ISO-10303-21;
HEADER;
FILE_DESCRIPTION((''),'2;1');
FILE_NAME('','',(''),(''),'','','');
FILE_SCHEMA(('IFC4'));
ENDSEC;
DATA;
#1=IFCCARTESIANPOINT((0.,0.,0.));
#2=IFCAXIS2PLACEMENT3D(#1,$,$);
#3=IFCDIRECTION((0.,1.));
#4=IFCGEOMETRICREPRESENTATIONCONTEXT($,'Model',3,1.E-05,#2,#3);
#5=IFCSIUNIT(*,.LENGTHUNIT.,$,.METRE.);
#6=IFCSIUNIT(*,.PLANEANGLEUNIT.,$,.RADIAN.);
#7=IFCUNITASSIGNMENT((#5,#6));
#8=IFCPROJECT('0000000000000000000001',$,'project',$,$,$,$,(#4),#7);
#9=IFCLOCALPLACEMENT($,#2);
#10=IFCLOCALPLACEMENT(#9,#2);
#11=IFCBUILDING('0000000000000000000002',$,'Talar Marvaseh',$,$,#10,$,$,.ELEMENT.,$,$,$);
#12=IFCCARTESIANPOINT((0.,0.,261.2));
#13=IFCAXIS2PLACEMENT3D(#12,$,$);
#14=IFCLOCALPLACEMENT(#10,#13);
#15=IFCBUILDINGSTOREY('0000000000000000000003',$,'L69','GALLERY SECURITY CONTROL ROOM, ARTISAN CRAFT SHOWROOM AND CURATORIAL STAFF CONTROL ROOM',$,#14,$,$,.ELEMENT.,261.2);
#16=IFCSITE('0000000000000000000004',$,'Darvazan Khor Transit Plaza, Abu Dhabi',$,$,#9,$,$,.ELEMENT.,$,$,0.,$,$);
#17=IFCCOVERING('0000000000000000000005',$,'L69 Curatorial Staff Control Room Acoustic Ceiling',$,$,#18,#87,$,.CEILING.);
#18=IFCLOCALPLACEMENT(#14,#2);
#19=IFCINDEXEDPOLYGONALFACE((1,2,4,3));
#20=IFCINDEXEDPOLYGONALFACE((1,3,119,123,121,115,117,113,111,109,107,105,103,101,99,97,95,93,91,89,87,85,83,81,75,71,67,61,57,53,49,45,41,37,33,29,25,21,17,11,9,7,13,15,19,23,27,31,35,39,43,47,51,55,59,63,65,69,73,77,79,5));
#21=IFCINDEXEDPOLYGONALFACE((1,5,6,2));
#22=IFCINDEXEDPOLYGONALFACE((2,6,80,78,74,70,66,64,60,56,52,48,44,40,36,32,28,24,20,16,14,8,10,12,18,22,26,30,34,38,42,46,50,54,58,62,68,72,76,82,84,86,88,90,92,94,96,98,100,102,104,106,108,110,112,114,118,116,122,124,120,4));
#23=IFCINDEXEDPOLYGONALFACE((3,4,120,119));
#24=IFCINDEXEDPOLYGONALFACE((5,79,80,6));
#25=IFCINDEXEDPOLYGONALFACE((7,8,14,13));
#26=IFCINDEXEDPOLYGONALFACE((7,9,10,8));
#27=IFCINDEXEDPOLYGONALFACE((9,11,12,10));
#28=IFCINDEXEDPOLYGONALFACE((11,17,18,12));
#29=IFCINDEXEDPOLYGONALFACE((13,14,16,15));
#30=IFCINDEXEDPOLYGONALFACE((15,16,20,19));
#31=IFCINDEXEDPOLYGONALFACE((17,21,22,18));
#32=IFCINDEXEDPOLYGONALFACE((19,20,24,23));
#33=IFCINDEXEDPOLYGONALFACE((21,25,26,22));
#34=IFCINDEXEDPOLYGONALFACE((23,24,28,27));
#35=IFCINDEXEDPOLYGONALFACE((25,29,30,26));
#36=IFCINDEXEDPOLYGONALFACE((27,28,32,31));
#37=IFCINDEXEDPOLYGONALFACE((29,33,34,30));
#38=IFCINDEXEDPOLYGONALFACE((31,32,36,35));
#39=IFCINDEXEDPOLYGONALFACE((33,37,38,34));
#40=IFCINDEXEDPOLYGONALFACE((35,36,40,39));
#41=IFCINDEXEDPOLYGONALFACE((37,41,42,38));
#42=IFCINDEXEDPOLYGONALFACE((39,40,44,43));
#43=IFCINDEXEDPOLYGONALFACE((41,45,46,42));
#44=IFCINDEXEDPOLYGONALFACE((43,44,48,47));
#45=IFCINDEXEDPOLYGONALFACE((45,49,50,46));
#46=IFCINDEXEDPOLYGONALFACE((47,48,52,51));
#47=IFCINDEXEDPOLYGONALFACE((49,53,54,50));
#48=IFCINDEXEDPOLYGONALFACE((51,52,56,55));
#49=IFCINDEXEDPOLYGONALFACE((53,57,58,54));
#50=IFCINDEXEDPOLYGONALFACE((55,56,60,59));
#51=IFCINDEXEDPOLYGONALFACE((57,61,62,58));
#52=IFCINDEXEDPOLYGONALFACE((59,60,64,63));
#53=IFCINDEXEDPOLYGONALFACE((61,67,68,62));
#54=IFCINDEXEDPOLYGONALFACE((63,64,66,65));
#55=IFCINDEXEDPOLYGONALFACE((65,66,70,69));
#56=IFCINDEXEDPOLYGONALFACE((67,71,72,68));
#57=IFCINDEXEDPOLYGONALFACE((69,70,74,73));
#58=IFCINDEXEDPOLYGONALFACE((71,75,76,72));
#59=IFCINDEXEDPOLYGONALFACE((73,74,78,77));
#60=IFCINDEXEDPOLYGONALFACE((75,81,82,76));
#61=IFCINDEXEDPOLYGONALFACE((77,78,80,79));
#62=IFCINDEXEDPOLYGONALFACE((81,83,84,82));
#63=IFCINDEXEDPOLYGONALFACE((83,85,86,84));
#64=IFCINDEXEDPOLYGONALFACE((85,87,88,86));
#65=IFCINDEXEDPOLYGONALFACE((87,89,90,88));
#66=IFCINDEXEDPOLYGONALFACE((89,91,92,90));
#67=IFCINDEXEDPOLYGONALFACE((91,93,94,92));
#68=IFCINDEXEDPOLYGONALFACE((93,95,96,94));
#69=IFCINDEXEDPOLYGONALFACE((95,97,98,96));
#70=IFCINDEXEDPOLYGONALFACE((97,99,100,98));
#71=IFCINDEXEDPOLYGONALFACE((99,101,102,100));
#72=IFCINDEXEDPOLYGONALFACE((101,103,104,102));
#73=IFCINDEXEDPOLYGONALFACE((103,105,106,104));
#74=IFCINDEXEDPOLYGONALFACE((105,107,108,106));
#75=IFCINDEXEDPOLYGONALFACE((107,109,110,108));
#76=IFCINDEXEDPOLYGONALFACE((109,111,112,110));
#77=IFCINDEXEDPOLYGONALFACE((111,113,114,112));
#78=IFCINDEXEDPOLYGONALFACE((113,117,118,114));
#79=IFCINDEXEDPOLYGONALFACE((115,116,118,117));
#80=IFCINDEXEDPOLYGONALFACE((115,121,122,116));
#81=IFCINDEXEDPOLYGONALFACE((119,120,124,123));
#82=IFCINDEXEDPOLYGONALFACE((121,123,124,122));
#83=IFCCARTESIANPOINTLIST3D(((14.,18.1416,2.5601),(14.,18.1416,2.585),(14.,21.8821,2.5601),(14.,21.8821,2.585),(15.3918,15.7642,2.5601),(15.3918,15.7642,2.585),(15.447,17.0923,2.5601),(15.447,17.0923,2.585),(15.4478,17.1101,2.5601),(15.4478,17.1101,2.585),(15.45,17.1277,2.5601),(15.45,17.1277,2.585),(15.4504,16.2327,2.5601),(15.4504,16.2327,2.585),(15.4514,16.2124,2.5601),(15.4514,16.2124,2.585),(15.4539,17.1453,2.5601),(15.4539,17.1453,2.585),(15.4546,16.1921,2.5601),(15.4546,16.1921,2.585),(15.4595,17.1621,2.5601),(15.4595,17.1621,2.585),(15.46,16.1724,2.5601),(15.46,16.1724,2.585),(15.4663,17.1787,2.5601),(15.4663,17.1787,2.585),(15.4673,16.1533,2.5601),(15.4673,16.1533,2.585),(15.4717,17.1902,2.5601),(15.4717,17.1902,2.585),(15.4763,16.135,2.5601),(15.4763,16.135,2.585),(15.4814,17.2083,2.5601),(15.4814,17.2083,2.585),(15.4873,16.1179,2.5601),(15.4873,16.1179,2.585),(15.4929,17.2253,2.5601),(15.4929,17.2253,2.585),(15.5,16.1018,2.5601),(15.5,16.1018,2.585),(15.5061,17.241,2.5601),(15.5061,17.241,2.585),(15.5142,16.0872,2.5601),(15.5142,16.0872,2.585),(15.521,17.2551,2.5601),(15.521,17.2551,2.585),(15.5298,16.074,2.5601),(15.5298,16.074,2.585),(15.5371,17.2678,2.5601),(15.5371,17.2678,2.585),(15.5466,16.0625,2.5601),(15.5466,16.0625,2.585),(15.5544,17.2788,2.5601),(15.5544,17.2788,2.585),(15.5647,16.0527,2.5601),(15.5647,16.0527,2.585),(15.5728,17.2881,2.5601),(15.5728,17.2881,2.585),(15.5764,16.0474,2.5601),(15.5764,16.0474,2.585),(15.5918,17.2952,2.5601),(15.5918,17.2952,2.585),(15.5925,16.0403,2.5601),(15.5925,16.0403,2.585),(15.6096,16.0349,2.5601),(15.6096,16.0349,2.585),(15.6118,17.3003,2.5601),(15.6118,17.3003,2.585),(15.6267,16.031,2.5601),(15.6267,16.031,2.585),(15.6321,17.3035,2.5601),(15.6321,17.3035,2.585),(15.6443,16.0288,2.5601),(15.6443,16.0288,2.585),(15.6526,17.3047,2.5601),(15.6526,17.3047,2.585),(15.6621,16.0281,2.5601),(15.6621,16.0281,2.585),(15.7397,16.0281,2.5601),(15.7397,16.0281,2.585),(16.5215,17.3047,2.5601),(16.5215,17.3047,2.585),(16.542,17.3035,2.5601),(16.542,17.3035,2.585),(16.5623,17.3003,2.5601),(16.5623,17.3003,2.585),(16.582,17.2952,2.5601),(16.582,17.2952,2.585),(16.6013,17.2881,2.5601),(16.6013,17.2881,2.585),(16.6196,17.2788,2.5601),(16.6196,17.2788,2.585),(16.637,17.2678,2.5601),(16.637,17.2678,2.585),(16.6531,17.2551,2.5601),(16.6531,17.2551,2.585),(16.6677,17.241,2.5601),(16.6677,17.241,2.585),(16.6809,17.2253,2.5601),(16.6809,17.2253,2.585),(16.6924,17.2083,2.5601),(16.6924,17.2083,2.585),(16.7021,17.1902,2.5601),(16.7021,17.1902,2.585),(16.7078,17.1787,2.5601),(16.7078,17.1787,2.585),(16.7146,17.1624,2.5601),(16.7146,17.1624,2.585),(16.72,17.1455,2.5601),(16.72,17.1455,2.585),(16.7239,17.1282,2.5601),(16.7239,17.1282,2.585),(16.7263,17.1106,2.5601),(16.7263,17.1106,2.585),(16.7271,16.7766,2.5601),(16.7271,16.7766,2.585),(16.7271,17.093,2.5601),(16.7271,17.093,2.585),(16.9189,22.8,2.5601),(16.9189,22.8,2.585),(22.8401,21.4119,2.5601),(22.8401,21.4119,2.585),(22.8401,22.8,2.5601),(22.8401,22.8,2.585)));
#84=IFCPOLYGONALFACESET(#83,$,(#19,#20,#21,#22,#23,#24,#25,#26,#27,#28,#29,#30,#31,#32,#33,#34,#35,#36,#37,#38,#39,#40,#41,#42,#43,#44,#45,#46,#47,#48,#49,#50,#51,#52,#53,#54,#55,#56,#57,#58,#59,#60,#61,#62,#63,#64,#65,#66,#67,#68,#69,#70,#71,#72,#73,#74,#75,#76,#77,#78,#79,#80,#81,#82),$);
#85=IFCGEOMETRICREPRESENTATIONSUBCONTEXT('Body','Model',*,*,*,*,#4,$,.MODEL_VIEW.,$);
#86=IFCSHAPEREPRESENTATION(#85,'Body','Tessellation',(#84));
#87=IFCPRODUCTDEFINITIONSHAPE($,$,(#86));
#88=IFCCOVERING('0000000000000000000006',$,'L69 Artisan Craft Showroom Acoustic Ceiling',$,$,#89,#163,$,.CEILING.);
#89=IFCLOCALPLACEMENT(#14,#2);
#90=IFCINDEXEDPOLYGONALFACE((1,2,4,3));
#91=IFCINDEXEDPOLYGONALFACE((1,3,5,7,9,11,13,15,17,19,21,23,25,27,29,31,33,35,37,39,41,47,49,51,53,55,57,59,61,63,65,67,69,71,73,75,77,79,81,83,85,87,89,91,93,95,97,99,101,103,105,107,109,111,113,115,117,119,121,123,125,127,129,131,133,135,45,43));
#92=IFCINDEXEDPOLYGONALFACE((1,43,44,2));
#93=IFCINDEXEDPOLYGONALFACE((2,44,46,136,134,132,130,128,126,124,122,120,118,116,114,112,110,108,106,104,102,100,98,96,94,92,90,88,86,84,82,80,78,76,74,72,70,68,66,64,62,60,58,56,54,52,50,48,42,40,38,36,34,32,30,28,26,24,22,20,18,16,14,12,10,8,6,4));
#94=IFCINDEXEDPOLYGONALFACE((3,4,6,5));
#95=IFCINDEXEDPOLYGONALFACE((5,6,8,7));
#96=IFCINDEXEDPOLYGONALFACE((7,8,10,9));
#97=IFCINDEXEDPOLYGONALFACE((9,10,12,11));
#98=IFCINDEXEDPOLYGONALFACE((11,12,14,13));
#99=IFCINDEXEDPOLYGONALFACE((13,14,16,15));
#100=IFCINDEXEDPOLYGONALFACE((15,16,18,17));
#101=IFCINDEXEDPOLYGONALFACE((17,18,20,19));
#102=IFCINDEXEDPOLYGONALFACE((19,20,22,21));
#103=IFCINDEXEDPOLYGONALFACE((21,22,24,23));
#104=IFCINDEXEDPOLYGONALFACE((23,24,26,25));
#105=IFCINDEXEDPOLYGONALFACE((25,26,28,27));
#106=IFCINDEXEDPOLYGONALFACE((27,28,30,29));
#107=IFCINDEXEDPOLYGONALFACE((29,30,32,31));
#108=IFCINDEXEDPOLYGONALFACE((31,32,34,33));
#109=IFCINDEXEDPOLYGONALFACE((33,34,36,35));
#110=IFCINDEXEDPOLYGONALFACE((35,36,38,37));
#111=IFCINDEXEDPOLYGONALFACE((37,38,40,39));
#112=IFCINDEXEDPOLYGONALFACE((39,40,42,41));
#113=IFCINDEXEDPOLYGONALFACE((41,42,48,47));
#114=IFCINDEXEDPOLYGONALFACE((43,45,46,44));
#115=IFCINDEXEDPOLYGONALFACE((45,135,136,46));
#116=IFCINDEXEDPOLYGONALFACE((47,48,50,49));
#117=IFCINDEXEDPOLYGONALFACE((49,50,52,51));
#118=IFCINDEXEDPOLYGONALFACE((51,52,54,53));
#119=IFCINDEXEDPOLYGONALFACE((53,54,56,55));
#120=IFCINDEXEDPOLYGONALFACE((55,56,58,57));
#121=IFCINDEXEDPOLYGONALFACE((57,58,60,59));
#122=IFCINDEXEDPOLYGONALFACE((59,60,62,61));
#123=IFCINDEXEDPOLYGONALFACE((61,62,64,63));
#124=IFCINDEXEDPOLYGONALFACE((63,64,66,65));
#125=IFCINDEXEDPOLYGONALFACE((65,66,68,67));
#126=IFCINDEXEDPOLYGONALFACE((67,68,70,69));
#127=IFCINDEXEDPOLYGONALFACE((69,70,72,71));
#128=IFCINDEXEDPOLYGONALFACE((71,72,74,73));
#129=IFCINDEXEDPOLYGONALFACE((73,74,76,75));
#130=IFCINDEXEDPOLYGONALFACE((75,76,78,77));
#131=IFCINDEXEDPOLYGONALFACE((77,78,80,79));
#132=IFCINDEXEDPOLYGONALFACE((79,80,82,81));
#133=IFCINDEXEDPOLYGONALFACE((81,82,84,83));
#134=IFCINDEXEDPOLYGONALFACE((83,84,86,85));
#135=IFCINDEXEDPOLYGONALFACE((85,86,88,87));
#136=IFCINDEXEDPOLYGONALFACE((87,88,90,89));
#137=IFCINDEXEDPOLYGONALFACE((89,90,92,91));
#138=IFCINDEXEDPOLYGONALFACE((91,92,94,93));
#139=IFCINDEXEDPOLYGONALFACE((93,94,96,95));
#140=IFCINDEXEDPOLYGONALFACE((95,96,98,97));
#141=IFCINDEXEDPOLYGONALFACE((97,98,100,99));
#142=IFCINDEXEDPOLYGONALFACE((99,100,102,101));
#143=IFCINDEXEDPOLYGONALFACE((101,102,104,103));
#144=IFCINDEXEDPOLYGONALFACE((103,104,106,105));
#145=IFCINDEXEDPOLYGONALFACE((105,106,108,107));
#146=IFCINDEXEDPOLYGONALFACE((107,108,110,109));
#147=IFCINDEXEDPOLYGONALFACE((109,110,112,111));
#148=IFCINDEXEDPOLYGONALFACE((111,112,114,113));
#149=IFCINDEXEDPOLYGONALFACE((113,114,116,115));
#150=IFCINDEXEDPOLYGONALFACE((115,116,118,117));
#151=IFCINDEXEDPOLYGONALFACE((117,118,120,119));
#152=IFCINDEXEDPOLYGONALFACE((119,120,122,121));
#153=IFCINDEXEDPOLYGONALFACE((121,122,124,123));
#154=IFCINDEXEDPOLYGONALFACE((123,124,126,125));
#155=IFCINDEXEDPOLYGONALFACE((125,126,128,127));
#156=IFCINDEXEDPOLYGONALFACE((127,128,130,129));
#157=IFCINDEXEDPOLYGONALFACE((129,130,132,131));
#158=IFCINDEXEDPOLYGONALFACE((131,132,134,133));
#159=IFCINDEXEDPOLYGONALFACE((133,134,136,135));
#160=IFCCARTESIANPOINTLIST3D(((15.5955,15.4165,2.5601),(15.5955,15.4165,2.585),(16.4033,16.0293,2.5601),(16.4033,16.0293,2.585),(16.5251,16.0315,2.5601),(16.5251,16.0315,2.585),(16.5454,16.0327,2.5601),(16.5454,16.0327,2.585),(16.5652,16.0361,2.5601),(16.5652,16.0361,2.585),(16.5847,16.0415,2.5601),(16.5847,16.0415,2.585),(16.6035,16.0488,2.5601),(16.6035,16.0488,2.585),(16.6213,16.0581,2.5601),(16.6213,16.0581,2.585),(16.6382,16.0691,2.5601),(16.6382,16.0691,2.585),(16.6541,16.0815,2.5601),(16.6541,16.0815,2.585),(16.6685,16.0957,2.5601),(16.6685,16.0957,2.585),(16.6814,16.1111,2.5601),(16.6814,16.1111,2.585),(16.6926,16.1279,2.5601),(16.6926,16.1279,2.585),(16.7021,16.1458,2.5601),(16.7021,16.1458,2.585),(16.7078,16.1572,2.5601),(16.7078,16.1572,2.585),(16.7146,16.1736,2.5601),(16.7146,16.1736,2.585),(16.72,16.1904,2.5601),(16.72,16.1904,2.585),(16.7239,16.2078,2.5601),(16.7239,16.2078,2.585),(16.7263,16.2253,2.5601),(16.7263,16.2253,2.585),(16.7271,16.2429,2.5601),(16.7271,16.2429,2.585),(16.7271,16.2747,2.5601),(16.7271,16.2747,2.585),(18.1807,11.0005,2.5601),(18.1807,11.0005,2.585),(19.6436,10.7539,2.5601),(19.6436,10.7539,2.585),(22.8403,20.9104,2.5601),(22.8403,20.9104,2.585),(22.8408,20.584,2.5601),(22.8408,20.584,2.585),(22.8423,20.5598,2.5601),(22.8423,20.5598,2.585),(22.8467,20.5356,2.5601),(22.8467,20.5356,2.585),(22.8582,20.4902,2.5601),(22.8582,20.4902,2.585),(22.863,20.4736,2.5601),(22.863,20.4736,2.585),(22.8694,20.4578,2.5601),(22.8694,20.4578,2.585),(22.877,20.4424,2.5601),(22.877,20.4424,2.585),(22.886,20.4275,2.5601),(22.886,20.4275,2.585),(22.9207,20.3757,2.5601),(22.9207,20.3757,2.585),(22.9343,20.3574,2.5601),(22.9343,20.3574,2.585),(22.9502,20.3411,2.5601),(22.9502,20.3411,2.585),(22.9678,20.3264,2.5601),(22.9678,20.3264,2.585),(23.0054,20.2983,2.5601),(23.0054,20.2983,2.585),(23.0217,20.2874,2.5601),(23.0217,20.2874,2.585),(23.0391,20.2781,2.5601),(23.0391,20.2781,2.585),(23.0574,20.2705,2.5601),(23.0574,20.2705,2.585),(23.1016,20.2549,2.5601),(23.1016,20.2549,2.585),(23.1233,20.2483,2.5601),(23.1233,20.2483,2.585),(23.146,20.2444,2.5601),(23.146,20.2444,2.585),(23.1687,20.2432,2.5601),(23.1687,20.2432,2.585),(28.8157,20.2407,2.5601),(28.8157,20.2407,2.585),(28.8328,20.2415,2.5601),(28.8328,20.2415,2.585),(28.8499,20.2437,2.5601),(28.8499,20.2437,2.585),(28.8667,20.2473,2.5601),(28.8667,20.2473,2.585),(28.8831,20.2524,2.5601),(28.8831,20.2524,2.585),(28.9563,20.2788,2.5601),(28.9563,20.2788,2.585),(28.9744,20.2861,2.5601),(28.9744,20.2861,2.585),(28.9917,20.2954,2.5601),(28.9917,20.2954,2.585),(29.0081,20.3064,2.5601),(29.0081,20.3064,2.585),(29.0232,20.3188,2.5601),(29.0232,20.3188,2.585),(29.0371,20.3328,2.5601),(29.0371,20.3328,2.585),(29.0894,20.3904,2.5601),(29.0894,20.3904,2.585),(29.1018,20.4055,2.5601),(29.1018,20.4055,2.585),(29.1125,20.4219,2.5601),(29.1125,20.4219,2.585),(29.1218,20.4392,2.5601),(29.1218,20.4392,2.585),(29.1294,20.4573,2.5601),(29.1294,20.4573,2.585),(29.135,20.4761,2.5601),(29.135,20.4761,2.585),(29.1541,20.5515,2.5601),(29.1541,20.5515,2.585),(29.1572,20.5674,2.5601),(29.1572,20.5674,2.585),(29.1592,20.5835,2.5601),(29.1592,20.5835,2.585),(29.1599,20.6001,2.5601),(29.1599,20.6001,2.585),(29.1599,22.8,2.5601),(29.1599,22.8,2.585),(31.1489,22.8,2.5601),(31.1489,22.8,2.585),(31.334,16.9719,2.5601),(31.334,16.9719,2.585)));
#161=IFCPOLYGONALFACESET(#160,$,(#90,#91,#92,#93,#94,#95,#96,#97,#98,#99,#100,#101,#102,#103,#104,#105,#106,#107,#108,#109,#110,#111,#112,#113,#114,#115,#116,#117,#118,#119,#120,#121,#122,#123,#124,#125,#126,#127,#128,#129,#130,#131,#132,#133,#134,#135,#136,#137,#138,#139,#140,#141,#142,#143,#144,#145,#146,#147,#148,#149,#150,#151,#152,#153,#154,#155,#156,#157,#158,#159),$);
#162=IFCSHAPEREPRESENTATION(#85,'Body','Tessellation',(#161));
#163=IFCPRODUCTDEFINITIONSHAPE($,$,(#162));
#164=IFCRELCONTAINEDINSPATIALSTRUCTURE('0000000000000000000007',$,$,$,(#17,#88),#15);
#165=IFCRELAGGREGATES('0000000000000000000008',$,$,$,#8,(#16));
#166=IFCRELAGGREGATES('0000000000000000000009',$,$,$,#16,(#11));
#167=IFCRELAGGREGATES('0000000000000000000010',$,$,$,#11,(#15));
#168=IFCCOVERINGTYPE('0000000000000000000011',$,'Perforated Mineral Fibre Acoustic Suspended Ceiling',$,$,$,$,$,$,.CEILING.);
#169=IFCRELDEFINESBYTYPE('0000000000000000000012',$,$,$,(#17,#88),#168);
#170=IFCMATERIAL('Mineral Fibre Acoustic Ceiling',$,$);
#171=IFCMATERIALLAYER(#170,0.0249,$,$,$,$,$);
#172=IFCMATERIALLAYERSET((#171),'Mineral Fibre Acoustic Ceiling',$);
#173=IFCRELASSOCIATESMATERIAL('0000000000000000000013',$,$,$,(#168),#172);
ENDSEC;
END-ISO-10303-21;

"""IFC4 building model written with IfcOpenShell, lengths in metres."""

from ifc_helpers import new_model, si_unit, direction, frame, origin, place, context, subcontext, project, spatial, polyline, outline, extrude, material, layer, layer_set, type_object, element, save


model = new_model("IFC4")

# Units and contexts
model_context = context("Model", 3, precision=1e-05, world=origin(), true_north=direction((0.0, 1.0)))
body_context = subcontext(model_context, "Body", "Model", "MODEL_VIEW")
ifc_project = project(units=[si_unit("LENGTHUNIT", "METRE"), si_unit("PLANEANGLEUNIT", "RADIAN")], contexts=[model_context])

# Site, building, storey
site_placement = place(None, origin())
site = spatial("IfcSite", under=ifc_project, at=site_placement, Name="Darvazan Khor Transit Plaza, Abu Dhabi", CompositionType="ELEMENT", RefElevation=0.0)
building_placement = place(site_placement, origin())
building = spatial("IfcBuilding", under=site, at=building_placement, Name="Talar Marvaseh", CompositionType="ELEMENT")
storey_placement = place(building_placement, frame((0.0, 0.0, 261.2)))
storey = spatial("IfcBuildingStorey", under=building, at=storey_placement, Name="L69", Description="GALLERY SECURITY CONTROL ROOM, ARTISAN CRAFT SHOWROOM AND CURATORIAL STAFF CONTROL ROOM", CompositionType="ELEMENT", Elevation=261.2)

# Coverings
ifc_material_1 = material(Name="Mineral Fibre Acoustic Ceiling")
ifc_layer_1 = layer(ifc_material_1, 0.0249)
ifc_layer_set_1 = layer_set([ifc_layer_1], Name="Mineral Fibre Acoustic Ceiling")
covering_type_1 = type_object("IfcCoveringType", Name="Perforated Mineral Fibre Acoustic Suspended Ceiling", PredefinedType="CEILING", material=ifc_layer_set_1)
covering_1_placement = place(storey_placement, frame((0.0, 0.0, 2.5601)))
element("IfcCovering", 1, at=covering_1_placement, inside=storey, type_object=covering_type_1, Name="L69 Curatorial Staff Control Room Acoustic Ceiling", PredefinedType="CEILING", context=body_context, shape_type="SweptSolid", body=[
    extrude(outline(polyline([(22.8401, 21.4119), (16.7271, 16.7766), (16.7271, 17.093), (16.7263, 17.1106), (16.7239, 17.1282), (16.72, 17.1455), (16.7146, 17.1624), (16.7078, 17.1787), (16.7021, 17.1902), (16.6924, 17.2083), (16.6809, 17.2253), (16.6677, 17.241), (16.6531, 17.2551), (16.637, 17.2678), (16.6196, 17.2788), (16.6013, 17.2881), (16.582, 17.2952), (16.5623, 17.3003), (16.542, 17.3035), (16.5215, 17.3047), (15.6526, 17.3047), (15.6321, 17.3035), (15.6118, 17.3003), (15.5918, 17.2952), (15.5728, 17.2881), (15.5544, 17.2788), (15.5371, 17.2678), (15.521, 17.2551), (15.5061, 17.241), (15.4929, 17.2253), (15.4814, 17.2083), (15.4717, 17.1902), (15.4663, 17.1787), (15.4595, 17.1621), (15.4539, 17.1453), (15.45, 17.1277), (15.4478, 17.1101), (15.447, 17.0923), (15.4504, 16.2327), (15.4514, 16.2124), (15.4546, 16.1921), (15.46, 16.1724), (15.4673, 16.1533), (15.4763, 16.135), (15.4873, 16.1179), (15.5, 16.1018), (15.5142, 16.0872), (15.5298, 16.074), (15.5466, 16.0625), (15.5647, 16.0527), (15.5764, 16.0474), (15.5925, 16.0403), (15.6096, 16.0349), (15.6267, 16.031), (15.6443, 16.0288), (15.6621, 16.0281), (15.7397, 16.0281), (15.3918, 15.7642), (14.0, 18.1416), (14.0, 21.8821), (16.9189, 22.8), (22.8401, 22.8), (22.8401, 21.4119)])), origin(), (0.0, 0.0, 1.0), 0.0249),
])
covering_2_placement = place(storey_placement, frame((0.0, 0.0, 2.5601)))
element("IfcCovering", 2, at=covering_2_placement, inside=storey, type_object=covering_type_1, Name="L69 Artisan Craft Showroom Acoustic Ceiling", PredefinedType="CEILING", context=body_context, shape_type="SweptSolid", body=[
    extrude(outline(polyline([(16.5251, 16.0315), (16.5454, 16.0327), (16.5652, 16.0361), (16.5847, 16.0415), (16.6035, 16.0488), (16.6213, 16.0581), (16.6382, 16.0691), (16.6541, 16.0815), (16.6685, 16.0957), (16.6814, 16.1111), (16.6926, 16.1279), (16.7021, 16.1458), (16.7078, 16.1572), (16.7146, 16.1736), (16.72, 16.1904), (16.7239, 16.2078), (16.7263, 16.2253), (16.7271, 16.2429), (16.7271, 16.2747), (22.8403, 20.9104), (22.8408, 20.584), (22.8423, 20.5598), (22.8467, 20.5356), (22.8582, 20.4902), (22.863, 20.4736), (22.8694, 20.4578), (22.877, 20.4424), (22.886, 20.4275), (22.9207, 20.3757), (22.9343, 20.3574), (22.9502, 20.3411), (22.9678, 20.3264), (23.0054, 20.2983), (23.0217, 20.2874), (23.0391, 20.2781), (23.0574, 20.2705), (23.1016, 20.2549), (23.1233, 20.2483), (23.146, 20.2444), (23.1687, 20.2432), (28.8157, 20.2407), (28.8328, 20.2415), (28.8499, 20.2437), (28.8667, 20.2473), (28.8831, 20.2524), (28.9563, 20.2788), (28.9744, 20.2861), (28.9917, 20.2954), (29.0081, 20.3064), (29.0232, 20.3188), (29.0371, 20.3328), (29.0894, 20.3904), (29.1018, 20.4055), (29.1125, 20.4219), (29.1218, 20.4392), (29.1294, 20.4573), (29.135, 20.4761), (29.1541, 20.5515), (29.1572, 20.5674), (29.1592, 20.5835), (29.1599, 20.6001), (29.1599, 22.8), (31.1489, 22.8), (31.334, 16.9719), (19.6436, 10.7539), (18.1807, 11.0005), (15.5955, 15.4165), (16.4033, 16.0293), (16.5251, 16.0315)])), origin(), (0.0, 0.0, 1.0), 0.0249),
])

save(model, "model.ifc")
